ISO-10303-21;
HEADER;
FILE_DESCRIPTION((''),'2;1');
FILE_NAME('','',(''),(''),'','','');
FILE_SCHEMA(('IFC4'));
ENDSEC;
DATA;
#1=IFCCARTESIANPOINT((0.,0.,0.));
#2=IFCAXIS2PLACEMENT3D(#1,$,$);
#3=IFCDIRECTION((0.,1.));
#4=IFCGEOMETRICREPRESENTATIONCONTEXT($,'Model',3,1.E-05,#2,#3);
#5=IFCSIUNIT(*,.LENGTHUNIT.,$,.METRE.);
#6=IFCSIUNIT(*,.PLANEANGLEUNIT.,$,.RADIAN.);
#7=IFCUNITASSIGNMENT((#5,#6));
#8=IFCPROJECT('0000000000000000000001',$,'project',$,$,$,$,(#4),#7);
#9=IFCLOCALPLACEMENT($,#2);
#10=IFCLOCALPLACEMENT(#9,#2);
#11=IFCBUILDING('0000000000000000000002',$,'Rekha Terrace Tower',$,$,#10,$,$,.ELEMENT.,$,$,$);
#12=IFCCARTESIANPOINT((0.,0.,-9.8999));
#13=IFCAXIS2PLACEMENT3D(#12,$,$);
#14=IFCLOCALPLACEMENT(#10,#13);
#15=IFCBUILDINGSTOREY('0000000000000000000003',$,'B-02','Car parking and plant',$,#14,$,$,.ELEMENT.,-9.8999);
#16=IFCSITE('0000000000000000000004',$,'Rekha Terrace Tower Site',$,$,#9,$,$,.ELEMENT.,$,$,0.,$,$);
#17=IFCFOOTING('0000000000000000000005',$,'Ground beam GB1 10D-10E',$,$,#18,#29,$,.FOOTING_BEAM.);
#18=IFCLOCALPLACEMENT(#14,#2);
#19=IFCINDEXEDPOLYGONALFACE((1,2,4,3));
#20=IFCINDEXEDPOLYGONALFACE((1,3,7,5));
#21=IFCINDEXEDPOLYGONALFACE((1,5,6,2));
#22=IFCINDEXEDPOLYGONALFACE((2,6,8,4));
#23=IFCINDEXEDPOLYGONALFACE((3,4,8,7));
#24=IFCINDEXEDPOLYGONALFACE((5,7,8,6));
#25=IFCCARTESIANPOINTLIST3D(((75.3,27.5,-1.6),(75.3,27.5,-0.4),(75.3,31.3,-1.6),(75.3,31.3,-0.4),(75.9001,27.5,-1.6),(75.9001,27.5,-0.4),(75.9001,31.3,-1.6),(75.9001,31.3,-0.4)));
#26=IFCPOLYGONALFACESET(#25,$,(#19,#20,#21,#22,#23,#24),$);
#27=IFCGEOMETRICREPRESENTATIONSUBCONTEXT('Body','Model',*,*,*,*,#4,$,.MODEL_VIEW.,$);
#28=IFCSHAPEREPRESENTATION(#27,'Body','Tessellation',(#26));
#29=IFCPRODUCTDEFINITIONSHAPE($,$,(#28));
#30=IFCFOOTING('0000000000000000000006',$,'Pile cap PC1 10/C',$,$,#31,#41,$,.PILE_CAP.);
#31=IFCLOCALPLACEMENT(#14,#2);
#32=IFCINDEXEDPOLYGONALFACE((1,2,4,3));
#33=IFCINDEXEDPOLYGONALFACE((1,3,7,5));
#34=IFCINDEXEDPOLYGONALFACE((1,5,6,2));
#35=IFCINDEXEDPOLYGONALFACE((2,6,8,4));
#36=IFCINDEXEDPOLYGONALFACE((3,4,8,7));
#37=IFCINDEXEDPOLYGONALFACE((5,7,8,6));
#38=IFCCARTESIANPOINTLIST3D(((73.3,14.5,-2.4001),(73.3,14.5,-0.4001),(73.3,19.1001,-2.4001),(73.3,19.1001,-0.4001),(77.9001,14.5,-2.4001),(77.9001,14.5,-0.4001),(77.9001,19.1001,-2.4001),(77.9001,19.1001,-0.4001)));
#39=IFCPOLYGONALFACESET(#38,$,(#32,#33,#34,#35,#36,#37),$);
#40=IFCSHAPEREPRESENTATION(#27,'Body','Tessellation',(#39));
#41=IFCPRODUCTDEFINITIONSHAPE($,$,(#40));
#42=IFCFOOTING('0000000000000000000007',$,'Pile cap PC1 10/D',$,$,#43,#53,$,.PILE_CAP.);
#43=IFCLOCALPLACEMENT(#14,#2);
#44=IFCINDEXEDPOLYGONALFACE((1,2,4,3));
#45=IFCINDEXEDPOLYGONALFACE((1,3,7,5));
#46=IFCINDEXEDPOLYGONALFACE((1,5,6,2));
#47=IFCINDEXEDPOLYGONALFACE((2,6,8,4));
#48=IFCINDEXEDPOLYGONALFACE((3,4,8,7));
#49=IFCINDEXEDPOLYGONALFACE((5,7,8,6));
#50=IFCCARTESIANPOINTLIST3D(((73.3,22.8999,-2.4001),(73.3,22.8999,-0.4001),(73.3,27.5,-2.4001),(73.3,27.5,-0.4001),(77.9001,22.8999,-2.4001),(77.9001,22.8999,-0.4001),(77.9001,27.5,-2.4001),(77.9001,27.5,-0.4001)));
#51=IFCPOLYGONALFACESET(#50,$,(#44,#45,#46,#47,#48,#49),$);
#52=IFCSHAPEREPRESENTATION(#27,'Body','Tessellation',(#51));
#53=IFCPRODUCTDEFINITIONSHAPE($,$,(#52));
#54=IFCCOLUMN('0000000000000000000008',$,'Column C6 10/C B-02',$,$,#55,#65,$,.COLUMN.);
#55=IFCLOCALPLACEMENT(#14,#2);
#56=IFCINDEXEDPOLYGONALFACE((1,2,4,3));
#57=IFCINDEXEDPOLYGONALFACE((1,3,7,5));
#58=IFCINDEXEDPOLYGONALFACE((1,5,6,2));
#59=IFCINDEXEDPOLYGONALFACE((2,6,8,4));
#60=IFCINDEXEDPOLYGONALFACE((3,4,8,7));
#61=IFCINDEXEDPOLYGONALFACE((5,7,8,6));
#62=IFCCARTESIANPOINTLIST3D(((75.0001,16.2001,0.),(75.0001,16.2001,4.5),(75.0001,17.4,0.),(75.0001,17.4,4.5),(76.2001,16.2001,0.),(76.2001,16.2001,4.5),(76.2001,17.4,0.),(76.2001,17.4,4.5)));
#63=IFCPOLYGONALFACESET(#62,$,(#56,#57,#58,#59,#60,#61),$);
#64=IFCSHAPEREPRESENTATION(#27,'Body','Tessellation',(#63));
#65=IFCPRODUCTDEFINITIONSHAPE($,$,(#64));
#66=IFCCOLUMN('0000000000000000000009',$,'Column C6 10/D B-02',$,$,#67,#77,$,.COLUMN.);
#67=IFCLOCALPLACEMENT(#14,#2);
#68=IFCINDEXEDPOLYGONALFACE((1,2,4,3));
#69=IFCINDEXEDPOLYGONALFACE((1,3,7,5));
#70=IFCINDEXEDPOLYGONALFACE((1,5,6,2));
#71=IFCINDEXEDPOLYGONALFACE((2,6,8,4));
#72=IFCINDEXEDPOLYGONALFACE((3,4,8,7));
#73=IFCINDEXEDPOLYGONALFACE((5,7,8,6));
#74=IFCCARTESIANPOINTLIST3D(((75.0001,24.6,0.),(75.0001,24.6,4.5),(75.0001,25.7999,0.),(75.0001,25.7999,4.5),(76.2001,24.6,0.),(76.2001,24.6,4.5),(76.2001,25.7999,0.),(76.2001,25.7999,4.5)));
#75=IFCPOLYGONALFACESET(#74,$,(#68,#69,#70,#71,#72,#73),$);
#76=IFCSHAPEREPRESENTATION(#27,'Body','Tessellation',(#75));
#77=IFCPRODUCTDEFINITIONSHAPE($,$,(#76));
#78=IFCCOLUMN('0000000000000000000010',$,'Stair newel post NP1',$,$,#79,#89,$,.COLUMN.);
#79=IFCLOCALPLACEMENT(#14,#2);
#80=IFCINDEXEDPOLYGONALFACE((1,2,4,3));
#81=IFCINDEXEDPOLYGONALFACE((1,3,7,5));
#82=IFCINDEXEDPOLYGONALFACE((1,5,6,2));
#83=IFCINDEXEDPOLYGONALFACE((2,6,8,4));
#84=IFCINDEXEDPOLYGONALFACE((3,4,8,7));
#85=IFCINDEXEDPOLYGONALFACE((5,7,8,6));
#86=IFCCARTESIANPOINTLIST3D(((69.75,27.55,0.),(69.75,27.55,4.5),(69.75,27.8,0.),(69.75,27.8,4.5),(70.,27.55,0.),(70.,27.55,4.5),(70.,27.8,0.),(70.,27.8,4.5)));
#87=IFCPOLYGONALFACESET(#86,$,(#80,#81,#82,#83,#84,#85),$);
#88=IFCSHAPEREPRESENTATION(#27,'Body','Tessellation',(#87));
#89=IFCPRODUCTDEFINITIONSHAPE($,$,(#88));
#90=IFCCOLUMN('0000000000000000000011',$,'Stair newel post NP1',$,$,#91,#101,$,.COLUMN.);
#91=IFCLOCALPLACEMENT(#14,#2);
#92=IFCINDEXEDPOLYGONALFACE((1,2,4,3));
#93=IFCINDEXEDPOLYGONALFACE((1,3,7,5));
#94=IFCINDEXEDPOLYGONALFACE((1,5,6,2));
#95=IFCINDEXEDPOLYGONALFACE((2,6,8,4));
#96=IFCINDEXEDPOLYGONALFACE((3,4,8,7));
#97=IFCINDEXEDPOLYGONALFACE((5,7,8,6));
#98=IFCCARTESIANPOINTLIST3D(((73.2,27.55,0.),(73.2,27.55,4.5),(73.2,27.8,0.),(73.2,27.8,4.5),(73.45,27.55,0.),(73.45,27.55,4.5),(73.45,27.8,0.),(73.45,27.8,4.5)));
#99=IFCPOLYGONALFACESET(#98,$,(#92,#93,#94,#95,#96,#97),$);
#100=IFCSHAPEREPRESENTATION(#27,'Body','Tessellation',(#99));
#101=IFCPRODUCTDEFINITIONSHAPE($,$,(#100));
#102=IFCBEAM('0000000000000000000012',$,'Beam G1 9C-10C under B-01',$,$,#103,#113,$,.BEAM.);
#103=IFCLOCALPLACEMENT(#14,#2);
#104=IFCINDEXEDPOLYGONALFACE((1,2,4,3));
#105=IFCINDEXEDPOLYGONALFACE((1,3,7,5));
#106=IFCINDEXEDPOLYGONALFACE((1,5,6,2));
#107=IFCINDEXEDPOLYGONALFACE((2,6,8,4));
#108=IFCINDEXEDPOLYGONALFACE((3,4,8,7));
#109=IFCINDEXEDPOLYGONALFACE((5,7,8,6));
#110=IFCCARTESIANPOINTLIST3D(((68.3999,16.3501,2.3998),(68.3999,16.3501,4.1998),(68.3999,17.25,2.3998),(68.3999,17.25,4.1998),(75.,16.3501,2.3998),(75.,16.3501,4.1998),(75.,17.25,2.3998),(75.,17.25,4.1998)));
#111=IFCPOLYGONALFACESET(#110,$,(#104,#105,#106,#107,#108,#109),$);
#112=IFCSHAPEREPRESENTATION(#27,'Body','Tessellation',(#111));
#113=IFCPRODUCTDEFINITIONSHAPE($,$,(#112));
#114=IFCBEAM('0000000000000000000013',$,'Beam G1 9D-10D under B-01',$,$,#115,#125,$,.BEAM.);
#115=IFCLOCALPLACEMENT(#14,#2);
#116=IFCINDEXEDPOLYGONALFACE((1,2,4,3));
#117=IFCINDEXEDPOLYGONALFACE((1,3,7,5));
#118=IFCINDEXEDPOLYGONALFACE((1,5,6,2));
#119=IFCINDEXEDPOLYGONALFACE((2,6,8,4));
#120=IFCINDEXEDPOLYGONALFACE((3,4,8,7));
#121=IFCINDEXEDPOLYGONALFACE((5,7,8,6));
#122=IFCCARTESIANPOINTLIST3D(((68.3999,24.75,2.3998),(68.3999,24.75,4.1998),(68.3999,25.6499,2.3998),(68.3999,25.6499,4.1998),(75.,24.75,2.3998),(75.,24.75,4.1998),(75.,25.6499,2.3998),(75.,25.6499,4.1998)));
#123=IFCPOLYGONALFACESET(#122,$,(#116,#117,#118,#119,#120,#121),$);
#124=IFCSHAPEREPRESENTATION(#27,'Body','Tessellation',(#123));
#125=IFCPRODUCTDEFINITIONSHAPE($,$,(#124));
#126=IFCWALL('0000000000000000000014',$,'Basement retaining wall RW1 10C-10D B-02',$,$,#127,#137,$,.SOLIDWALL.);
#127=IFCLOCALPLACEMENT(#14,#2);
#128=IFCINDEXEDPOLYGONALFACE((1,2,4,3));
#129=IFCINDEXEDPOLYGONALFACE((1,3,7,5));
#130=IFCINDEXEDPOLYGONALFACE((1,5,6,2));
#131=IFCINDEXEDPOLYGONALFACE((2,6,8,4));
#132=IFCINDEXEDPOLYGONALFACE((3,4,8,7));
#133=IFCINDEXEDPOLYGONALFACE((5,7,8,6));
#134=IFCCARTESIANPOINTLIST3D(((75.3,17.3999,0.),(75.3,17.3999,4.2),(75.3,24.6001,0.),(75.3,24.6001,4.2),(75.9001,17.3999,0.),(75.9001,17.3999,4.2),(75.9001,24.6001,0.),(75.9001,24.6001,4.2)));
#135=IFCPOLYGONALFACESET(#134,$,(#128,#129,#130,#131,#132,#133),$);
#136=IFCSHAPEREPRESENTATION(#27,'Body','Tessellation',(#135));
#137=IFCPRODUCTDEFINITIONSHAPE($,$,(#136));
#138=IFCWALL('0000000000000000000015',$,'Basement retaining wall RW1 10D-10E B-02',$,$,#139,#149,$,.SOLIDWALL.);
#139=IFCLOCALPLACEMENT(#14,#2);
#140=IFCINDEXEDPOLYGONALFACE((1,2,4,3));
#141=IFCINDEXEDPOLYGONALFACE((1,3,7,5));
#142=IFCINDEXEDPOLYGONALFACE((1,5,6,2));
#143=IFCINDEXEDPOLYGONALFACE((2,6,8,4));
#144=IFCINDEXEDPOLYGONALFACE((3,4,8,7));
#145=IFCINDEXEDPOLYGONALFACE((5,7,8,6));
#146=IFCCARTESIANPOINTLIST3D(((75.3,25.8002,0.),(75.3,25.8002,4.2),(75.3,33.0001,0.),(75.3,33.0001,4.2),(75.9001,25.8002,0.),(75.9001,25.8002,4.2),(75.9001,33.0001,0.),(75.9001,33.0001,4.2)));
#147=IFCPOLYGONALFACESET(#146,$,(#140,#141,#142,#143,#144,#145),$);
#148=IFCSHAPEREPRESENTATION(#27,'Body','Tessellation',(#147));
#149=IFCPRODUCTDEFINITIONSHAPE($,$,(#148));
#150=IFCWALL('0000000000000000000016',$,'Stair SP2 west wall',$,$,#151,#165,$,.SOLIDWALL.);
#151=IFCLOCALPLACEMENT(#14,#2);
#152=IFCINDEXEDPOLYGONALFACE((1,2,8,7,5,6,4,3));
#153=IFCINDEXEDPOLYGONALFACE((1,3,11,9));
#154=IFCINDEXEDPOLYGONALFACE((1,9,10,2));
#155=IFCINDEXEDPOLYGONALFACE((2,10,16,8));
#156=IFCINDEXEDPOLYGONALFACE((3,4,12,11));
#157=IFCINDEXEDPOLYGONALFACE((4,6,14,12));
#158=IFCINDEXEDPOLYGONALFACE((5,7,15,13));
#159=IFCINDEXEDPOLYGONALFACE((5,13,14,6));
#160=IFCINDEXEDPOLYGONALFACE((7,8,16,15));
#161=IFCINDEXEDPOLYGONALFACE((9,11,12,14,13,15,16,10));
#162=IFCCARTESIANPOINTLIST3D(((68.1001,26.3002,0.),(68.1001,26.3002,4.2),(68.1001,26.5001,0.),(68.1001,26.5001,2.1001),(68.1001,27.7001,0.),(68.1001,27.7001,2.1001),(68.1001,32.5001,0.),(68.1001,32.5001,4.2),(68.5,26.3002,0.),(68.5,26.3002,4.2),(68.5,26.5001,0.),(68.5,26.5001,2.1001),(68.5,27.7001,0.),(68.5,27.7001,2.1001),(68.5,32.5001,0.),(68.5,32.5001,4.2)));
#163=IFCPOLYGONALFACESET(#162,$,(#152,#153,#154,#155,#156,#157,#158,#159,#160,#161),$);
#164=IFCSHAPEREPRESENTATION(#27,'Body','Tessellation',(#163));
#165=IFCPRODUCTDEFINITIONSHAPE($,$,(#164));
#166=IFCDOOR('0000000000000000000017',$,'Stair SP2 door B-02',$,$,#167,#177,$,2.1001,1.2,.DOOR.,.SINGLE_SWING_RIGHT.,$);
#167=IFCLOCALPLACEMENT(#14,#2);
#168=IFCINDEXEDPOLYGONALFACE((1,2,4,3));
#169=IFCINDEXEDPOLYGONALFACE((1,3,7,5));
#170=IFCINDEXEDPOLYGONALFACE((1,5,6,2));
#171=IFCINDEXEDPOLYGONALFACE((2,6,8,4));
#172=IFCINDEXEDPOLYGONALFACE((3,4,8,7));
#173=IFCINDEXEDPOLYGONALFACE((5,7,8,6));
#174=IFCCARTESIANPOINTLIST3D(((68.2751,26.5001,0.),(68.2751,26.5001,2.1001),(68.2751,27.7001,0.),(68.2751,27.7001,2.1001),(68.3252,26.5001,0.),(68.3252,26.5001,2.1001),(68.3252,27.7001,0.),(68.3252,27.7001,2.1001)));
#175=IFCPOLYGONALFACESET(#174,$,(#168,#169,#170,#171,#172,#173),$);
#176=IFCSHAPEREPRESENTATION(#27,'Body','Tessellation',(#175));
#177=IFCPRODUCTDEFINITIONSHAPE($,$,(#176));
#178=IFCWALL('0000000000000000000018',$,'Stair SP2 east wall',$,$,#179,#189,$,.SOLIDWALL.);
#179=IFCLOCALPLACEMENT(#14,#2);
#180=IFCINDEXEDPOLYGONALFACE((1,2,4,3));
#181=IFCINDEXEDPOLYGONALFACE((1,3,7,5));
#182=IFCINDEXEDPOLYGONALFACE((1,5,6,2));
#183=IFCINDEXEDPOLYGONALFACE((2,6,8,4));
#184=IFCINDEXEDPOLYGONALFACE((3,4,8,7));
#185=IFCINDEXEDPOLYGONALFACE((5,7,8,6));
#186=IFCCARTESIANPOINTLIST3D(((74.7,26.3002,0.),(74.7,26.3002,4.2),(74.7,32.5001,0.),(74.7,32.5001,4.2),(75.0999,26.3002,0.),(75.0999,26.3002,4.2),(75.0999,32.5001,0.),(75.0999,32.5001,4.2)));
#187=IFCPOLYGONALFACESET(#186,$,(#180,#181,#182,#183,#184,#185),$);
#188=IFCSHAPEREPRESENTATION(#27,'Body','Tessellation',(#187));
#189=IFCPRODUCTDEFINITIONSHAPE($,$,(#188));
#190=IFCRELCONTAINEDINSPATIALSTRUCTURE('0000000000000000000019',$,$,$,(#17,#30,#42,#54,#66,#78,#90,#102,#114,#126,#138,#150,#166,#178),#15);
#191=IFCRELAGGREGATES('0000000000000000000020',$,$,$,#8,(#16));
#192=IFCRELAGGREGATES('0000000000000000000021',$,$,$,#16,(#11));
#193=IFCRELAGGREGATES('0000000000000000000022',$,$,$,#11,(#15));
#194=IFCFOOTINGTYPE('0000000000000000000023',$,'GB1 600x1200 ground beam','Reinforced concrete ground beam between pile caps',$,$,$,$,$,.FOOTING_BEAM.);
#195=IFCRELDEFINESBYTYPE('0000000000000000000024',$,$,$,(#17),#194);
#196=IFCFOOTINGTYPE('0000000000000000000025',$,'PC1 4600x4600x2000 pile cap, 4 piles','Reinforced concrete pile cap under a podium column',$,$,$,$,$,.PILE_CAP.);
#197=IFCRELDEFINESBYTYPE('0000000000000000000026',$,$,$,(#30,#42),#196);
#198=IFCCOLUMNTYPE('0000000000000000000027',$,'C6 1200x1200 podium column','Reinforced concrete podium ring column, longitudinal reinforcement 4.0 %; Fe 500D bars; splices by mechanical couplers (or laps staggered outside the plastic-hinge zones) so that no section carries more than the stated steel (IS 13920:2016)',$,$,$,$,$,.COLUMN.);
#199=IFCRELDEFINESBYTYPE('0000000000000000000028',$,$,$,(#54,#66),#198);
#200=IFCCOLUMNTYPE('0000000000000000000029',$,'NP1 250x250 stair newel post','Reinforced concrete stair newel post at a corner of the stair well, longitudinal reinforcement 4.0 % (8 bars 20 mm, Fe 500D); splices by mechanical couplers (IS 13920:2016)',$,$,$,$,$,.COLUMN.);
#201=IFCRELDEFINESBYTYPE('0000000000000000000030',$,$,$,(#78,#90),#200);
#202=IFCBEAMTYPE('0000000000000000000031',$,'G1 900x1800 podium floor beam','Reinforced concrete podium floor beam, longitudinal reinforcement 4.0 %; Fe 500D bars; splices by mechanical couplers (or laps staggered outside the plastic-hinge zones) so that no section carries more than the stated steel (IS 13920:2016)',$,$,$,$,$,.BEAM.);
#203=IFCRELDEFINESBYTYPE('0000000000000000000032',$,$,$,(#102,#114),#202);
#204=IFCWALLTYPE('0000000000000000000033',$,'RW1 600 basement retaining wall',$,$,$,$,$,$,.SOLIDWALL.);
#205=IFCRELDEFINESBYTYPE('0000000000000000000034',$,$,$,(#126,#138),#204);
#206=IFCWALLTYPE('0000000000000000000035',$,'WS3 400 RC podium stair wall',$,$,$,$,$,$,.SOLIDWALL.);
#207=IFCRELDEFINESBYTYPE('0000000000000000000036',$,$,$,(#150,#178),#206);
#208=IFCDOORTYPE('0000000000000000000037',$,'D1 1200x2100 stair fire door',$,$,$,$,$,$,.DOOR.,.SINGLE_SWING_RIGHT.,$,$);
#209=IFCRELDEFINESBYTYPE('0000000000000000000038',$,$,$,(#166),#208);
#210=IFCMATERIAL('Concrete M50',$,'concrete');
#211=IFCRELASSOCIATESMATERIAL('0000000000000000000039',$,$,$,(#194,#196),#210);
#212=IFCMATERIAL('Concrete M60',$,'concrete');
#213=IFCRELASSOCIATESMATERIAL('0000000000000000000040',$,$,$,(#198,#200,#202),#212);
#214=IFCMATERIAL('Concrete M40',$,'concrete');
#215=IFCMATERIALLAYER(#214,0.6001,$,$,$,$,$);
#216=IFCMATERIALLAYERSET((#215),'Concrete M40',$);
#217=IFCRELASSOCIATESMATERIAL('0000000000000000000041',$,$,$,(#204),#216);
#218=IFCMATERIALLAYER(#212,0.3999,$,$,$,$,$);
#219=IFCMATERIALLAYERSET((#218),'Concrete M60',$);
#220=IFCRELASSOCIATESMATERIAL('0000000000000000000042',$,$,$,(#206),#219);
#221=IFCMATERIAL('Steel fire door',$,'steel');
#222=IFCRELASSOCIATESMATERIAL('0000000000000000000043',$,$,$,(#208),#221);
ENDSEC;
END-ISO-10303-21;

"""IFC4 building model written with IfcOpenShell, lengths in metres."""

from ifc_helpers import new_model, si_unit, direction, frame, frame_2d, origin, origin_2d, place, context, subcontext, project, spatial, rectangle, extrude, material, layer, layer_set, material_profile, profile_set, type_object, element, fill, save


model = new_model("IFC4")

# Units and contexts
model_context = context("Model", 3, precision=1e-05, world=origin(), true_north=direction((0.0, 1.0)))
body_context = subcontext(model_context, "Body", "Model", "MODEL_VIEW")
ifc_project = project(units=[si_unit("LENGTHUNIT", "METRE"), si_unit("PLANEANGLEUNIT", "RADIAN")], contexts=[model_context])

# Site, building, storey
site_placement = place(None, origin())
site = spatial("IfcSite", under=ifc_project, at=site_placement, Name="Rekha Terrace Tower Site", CompositionType="ELEMENT", RefElevation=0.0)
building_placement = place(site_placement, origin())
building = spatial("IfcBuilding", under=site, at=building_placement, Name="Rekha Terrace Tower", CompositionType="ELEMENT")
storey_placement = place(building_placement, frame((0.0, 0.0, -9.8999)))
storey = spatial("IfcBuildingStorey", under=building, at=storey_placement, Name="B-02", Description="Car parking and plant", CompositionType="ELEMENT", Elevation=-9.8999)

# Shared definitions
ifc_material_1 = material(Name="Concrete M50", Category="concrete")

# Footings
ifc_material_profile_1 = material_profile(ifc_material_1, rectangle(XDim=0.6001, YDim=1.2, at=origin_2d()), Name="RC 600x1200")
ifc_profile_set_1 = profile_set([ifc_material_profile_1], Name="Concrete M50")
footing_type_1 = type_object("IfcFootingType", Name="GB1 600x1200 ground beam", Description="Reinforced concrete ground beam between pile caps", PredefinedType="FOOTING_BEAM", material=ifc_profile_set_1)
footing_1_placement = place(storey_placement, frame((75.6001, 27.5, -1.0), z_axis=(0.0, 1.0, 0.0), x_axis=(-1.0, 0.0, 0.0)))
element("IfcFooting", 1, at=footing_1_placement, inside=storey, type_object=footing_type_1, Name="Ground beam GB1 10D-10E", PredefinedType="FOOTING_BEAM", context=body_context, shape_type="SweptSolid", body=[
    extrude(rectangle(XDim=0.6001, YDim=1.2, at=origin_2d()), origin(), (0.0, 0.0, 1.0), 3.8),
])
footing_type_2 = type_object("IfcFootingType", Name="PC1 4600x4600x2000 pile cap, 4 piles", Description="Reinforced concrete pile cap under a podium column", PredefinedType="PILE_CAP", material=ifc_material_1)
for number, where, z_axis, x_axis, name in (
    (2, (75.6001, 16.8, -2.4001), (0.0, 0.0, 1.0), (1.0, 0.0, 0.0), "Pile cap PC1 10/C"),
    (3, (75.6001, 25.2, -2.4001), (0.0, 0.0, 1.0), (1.0, 0.0, 0.0), "Pile cap PC1 10/D"),
):
    element("IfcFooting", number, at=place(storey_placement, frame(where, z_axis=z_axis, x_axis=x_axis)), inside=storey, type_object=footing_type_2, Name=name, PredefinedType="PILE_CAP", context=body_context, shape_type="SweptSolid", body=[
        extrude(rectangle(XDim=4.6001, YDim=4.6001, at=origin_2d()), origin(), (0.0, 0.0, 1.0), 2.0),
    ])

# Columns
ifc_material_2 = material(Name="Concrete M60", Category="concrete")
ifc_material_profile_2 = material_profile(ifc_material_2, rectangle(XDim=1.2, YDim=1.2, at=origin_2d()), Name="RC 1200x1200")
ifc_profile_set_2 = profile_set([ifc_material_profile_2], Name="Concrete M60")
column_type_1 = type_object("IfcColumnType", Name="C6 1200x1200 podium column", Description="Reinforced concrete podium ring column, longitudinal reinforcement 4.0 %; Fe 500D bars; splices by mechanical couplers (or laps staggered outside the plastic-hinge zones) so that no section carries more than the stated steel (IS 13920:2016)", PredefinedType="COLUMN", material=ifc_profile_set_2)
for number, where, z_axis, x_axis, name in (
    (4, (75.6001, 16.8, 0.0), (0.0, 0.0, 1.0), (1.0, 0.0, 0.0), "Column C6 10/C B-02"),
    (5, (75.6001, 25.2, 0.0), (0.0, 0.0, 1.0), (1.0, 0.0, 0.0), "Column C6 10/D B-02"),
):
    element("IfcColumn", number, at=place(storey_placement, frame(where, z_axis=z_axis, x_axis=x_axis)), inside=storey, type_object=column_type_1, Name=name, PredefinedType="COLUMN", context=body_context, shape_type="SweptSolid", body=[
        extrude(rectangle(XDim=1.2, YDim=1.2, at=origin_2d()), origin(), (0.0, 0.0, 1.0), 4.5),
    ])
ifc_material_profile_3 = material_profile(ifc_material_2, rectangle(XDim=0.25, YDim=0.25, at=origin_2d()), Name="RC 250x250")
ifc_profile_set_3 = profile_set([ifc_material_profile_3], Name="Concrete M60")
column_type_2 = type_object("IfcColumnType", Name="NP1 250x250 stair newel post", Description="Reinforced concrete stair newel post at a corner of the stair well, longitudinal reinforcement 4.0 % (8 bars 20 mm, Fe 500D); splices by mechanical couplers (IS 13920:2016)", PredefinedType="COLUMN", material=ifc_profile_set_3)
for number, where, z_axis, x_axis, name in (
    (6, (69.875, 27.675, 0.0), (0.0, 0.0, 1.0), (1.0, 0.0, 0.0), "Stair newel post NP1"),
    (7, (73.325, 27.675, 0.0), (0.0, 0.0, 1.0), (1.0, 0.0, 0.0), "Stair newel post NP1"),
):
    element("IfcColumn", number, at=place(storey_placement, frame(where, z_axis=z_axis, x_axis=x_axis)), inside=storey, type_object=column_type_2, Name=name, PredefinedType="COLUMN", context=body_context, shape_type="SweptSolid", body=[
        extrude(rectangle(XDim=0.25, YDim=0.25, at=origin_2d()), origin(), (0.0, 0.0, 1.0), 4.5),
    ])

# Beams
ifc_material_profile_4 = material_profile(ifc_material_2, rectangle(XDim=0.8999, YDim=1.8, at=origin_2d()), Name="RC 900x1800")
ifc_profile_set_4 = profile_set([ifc_material_profile_4], Name="Concrete M60")
beam_type = type_object("IfcBeamType", Name="G1 900x1800 podium floor beam", Description="Reinforced concrete podium floor beam, longitudinal reinforcement 4.0 %; Fe 500D bars; splices by mechanical couplers (or laps staggered outside the plastic-hinge zones) so that no section carries more than the stated steel (IS 13920:2016)", PredefinedType="BEAM", material=ifc_profile_set_4)
for number, where, z_axis, x_axis, name in (
    (8, (68.3999, 16.8, 3.2998), (1.0, 0.0, 0.0), (0.0, 1.0, 0.0), "Beam G1 9C-10C under B-01"),
    (9, (68.3999, 25.2, 3.2998), (1.0, 0.0, 0.0), (0.0, 1.0, 0.0), "Beam G1 9D-10D under B-01"),
):
    element("IfcBeam", number, at=place(storey_placement, frame(where, z_axis=z_axis, x_axis=x_axis)), inside=storey, type_object=beam_type, Name=name, PredefinedType="BEAM", context=body_context, shape_type="SweptSolid", body=[
        extrude(rectangle(XDim=0.8999, YDim=1.8, at=origin_2d()), origin(), (0.0, 0.0, 1.0), 6.6001),
    ])

# Walls
ifc_material_3 = material(Name="Concrete M40", Category="concrete")
ifc_layer_1 = layer(ifc_material_3, 0.6001)
ifc_layer_set_1 = layer_set([ifc_layer_1], Name="Concrete M40")
wall_type_1 = type_object("IfcWallType", Name="RW1 600 basement retaining wall", PredefinedType="SOLIDWALL", material=ifc_layer_set_1)
wall_1_placement = place(storey_placement, frame((75.6001, 17.3999, 0.0), z_axis=(0.0, 0.0, 1.0), x_axis=(0.0, 1.0, 0.0)))
element("IfcWall", 10, at=wall_1_placement, inside=storey, type_object=wall_type_1, Name="Basement retaining wall RW1 10C-10D B-02", PredefinedType="SOLIDWALL", context=body_context, shape_type="SweptSolid", body=[
    extrude(rectangle(XDim=7.2002, YDim=0.6001, at=frame_2d((3.6001, 0.0))), origin(), (0.0, 0.0, 1.0), 4.2),
])
wall_2_placement = place(storey_placement, frame((75.6001, 25.8, 0.0), z_axis=(0.0, 0.0, 1.0), x_axis=(0.0, 1.0, 0.0)))
element("IfcWall", 11, at=wall_2_placement, inside=storey, type_object=wall_type_1, Name="Basement retaining wall RW1 10D-10E B-02", PredefinedType="SOLIDWALL", context=body_context, shape_type="SweptSolid", body=[
    extrude(rectangle(XDim=7.2, YDim=0.6001, at=frame_2d((3.6001, 0.0))), origin(), (0.0, 0.0, 1.0), 4.2),
])

# Wall, opening, door
ifc_layer_2 = layer(ifc_material_2, 0.3999)
ifc_layer_set_2 = layer_set([ifc_layer_2], Name="Concrete M60")
wall_type_2 = type_object("IfcWallType", Name="WS3 400 RC podium stair wall", PredefinedType="SOLIDWALL", material=ifc_layer_set_2)
wall_3_placement = place(storey_placement, frame((68.3, 26.3, 0.0), z_axis=(0.0, 0.0, 1.0), x_axis=(0.0, 1.0, 0.0)))
wall_3 = element("IfcWall", 12, at=wall_3_placement, inside=storey, type_object=wall_type_2, Name="Stair SP2 west wall", PredefinedType="SOLIDWALL", context=body_context, shape_type="SweptSolid", body=[
    extrude(rectangle(XDim=6.2, YDim=0.3999, at=frame_2d((3.1001, 0.0))), origin(), (0.0, 0.0, 1.0), 4.2),
])
opening_placement = place(wall_3_placement, frame((0.2, 0.0, 0.0)))
opening = element("IfcOpeningElement", 13, at=opening_placement, cuts=wall_3, PredefinedType="OPENING", context=body_context, shape_type="SweptSolid", body=[
    extrude(rectangle(XDim=1.2, YDim=2.1001, at=frame_2d((0.6001, 1.05))), frame((0.0, 0.21, 0.0), z_axis=(0.0, -1.0, 0.0), x_axis=(1.0, 0.0, 0.0)), (0.0, 0.0, 1.0), 0.4199),
])
ifc_material_4 = material(Name="Steel fire door", Category="steel")
door_type = type_object("IfcDoorType", Name="D1 1200x2100 stair fire door", OperationType="SINGLE_SWING_RIGHT", PredefinedType="DOOR", material=ifc_material_4)
door_placement = place(opening_placement, origin())
door = element("IfcDoor", 14, at=door_placement, inside=storey, type_object=door_type, Name="Stair SP2 door B-02", OperationType="SINGLE_SWING_RIGHT", OverallHeight=2.1001, OverallWidth=1.2, PredefinedType="DOOR", context=body_context, shape_type="SweptSolid", body=[
    extrude(rectangle(XDim=1.2, YDim=2.1001, at=frame_2d((0.6001, 1.05))), frame((0.0, 0.0249, 0.0), z_axis=(0.0, -1.0, 0.0), x_axis=(1.0, 0.0, 0.0)), (0.0, 0.0, 1.0), 0.05),
])
fill(opening, door)

# Wall
wall_4_placement = place(storey_placement, frame((74.8999, 26.3, 0.0), z_axis=(0.0, 0.0, 1.0), x_axis=(0.0, 1.0, 0.0)))
element("IfcWall", 15, at=wall_4_placement, inside=storey, type_object=wall_type_2, Name="Stair SP2 east wall", PredefinedType="SOLIDWALL", context=body_context, shape_type="SweptSolid", body=[
    extrude(rectangle(XDim=6.2, YDim=0.3999, at=frame_2d((3.1001, 0.0))), origin(), (0.0, 0.0, 1.0), 4.2),
])

save(model, "model.ifc")
